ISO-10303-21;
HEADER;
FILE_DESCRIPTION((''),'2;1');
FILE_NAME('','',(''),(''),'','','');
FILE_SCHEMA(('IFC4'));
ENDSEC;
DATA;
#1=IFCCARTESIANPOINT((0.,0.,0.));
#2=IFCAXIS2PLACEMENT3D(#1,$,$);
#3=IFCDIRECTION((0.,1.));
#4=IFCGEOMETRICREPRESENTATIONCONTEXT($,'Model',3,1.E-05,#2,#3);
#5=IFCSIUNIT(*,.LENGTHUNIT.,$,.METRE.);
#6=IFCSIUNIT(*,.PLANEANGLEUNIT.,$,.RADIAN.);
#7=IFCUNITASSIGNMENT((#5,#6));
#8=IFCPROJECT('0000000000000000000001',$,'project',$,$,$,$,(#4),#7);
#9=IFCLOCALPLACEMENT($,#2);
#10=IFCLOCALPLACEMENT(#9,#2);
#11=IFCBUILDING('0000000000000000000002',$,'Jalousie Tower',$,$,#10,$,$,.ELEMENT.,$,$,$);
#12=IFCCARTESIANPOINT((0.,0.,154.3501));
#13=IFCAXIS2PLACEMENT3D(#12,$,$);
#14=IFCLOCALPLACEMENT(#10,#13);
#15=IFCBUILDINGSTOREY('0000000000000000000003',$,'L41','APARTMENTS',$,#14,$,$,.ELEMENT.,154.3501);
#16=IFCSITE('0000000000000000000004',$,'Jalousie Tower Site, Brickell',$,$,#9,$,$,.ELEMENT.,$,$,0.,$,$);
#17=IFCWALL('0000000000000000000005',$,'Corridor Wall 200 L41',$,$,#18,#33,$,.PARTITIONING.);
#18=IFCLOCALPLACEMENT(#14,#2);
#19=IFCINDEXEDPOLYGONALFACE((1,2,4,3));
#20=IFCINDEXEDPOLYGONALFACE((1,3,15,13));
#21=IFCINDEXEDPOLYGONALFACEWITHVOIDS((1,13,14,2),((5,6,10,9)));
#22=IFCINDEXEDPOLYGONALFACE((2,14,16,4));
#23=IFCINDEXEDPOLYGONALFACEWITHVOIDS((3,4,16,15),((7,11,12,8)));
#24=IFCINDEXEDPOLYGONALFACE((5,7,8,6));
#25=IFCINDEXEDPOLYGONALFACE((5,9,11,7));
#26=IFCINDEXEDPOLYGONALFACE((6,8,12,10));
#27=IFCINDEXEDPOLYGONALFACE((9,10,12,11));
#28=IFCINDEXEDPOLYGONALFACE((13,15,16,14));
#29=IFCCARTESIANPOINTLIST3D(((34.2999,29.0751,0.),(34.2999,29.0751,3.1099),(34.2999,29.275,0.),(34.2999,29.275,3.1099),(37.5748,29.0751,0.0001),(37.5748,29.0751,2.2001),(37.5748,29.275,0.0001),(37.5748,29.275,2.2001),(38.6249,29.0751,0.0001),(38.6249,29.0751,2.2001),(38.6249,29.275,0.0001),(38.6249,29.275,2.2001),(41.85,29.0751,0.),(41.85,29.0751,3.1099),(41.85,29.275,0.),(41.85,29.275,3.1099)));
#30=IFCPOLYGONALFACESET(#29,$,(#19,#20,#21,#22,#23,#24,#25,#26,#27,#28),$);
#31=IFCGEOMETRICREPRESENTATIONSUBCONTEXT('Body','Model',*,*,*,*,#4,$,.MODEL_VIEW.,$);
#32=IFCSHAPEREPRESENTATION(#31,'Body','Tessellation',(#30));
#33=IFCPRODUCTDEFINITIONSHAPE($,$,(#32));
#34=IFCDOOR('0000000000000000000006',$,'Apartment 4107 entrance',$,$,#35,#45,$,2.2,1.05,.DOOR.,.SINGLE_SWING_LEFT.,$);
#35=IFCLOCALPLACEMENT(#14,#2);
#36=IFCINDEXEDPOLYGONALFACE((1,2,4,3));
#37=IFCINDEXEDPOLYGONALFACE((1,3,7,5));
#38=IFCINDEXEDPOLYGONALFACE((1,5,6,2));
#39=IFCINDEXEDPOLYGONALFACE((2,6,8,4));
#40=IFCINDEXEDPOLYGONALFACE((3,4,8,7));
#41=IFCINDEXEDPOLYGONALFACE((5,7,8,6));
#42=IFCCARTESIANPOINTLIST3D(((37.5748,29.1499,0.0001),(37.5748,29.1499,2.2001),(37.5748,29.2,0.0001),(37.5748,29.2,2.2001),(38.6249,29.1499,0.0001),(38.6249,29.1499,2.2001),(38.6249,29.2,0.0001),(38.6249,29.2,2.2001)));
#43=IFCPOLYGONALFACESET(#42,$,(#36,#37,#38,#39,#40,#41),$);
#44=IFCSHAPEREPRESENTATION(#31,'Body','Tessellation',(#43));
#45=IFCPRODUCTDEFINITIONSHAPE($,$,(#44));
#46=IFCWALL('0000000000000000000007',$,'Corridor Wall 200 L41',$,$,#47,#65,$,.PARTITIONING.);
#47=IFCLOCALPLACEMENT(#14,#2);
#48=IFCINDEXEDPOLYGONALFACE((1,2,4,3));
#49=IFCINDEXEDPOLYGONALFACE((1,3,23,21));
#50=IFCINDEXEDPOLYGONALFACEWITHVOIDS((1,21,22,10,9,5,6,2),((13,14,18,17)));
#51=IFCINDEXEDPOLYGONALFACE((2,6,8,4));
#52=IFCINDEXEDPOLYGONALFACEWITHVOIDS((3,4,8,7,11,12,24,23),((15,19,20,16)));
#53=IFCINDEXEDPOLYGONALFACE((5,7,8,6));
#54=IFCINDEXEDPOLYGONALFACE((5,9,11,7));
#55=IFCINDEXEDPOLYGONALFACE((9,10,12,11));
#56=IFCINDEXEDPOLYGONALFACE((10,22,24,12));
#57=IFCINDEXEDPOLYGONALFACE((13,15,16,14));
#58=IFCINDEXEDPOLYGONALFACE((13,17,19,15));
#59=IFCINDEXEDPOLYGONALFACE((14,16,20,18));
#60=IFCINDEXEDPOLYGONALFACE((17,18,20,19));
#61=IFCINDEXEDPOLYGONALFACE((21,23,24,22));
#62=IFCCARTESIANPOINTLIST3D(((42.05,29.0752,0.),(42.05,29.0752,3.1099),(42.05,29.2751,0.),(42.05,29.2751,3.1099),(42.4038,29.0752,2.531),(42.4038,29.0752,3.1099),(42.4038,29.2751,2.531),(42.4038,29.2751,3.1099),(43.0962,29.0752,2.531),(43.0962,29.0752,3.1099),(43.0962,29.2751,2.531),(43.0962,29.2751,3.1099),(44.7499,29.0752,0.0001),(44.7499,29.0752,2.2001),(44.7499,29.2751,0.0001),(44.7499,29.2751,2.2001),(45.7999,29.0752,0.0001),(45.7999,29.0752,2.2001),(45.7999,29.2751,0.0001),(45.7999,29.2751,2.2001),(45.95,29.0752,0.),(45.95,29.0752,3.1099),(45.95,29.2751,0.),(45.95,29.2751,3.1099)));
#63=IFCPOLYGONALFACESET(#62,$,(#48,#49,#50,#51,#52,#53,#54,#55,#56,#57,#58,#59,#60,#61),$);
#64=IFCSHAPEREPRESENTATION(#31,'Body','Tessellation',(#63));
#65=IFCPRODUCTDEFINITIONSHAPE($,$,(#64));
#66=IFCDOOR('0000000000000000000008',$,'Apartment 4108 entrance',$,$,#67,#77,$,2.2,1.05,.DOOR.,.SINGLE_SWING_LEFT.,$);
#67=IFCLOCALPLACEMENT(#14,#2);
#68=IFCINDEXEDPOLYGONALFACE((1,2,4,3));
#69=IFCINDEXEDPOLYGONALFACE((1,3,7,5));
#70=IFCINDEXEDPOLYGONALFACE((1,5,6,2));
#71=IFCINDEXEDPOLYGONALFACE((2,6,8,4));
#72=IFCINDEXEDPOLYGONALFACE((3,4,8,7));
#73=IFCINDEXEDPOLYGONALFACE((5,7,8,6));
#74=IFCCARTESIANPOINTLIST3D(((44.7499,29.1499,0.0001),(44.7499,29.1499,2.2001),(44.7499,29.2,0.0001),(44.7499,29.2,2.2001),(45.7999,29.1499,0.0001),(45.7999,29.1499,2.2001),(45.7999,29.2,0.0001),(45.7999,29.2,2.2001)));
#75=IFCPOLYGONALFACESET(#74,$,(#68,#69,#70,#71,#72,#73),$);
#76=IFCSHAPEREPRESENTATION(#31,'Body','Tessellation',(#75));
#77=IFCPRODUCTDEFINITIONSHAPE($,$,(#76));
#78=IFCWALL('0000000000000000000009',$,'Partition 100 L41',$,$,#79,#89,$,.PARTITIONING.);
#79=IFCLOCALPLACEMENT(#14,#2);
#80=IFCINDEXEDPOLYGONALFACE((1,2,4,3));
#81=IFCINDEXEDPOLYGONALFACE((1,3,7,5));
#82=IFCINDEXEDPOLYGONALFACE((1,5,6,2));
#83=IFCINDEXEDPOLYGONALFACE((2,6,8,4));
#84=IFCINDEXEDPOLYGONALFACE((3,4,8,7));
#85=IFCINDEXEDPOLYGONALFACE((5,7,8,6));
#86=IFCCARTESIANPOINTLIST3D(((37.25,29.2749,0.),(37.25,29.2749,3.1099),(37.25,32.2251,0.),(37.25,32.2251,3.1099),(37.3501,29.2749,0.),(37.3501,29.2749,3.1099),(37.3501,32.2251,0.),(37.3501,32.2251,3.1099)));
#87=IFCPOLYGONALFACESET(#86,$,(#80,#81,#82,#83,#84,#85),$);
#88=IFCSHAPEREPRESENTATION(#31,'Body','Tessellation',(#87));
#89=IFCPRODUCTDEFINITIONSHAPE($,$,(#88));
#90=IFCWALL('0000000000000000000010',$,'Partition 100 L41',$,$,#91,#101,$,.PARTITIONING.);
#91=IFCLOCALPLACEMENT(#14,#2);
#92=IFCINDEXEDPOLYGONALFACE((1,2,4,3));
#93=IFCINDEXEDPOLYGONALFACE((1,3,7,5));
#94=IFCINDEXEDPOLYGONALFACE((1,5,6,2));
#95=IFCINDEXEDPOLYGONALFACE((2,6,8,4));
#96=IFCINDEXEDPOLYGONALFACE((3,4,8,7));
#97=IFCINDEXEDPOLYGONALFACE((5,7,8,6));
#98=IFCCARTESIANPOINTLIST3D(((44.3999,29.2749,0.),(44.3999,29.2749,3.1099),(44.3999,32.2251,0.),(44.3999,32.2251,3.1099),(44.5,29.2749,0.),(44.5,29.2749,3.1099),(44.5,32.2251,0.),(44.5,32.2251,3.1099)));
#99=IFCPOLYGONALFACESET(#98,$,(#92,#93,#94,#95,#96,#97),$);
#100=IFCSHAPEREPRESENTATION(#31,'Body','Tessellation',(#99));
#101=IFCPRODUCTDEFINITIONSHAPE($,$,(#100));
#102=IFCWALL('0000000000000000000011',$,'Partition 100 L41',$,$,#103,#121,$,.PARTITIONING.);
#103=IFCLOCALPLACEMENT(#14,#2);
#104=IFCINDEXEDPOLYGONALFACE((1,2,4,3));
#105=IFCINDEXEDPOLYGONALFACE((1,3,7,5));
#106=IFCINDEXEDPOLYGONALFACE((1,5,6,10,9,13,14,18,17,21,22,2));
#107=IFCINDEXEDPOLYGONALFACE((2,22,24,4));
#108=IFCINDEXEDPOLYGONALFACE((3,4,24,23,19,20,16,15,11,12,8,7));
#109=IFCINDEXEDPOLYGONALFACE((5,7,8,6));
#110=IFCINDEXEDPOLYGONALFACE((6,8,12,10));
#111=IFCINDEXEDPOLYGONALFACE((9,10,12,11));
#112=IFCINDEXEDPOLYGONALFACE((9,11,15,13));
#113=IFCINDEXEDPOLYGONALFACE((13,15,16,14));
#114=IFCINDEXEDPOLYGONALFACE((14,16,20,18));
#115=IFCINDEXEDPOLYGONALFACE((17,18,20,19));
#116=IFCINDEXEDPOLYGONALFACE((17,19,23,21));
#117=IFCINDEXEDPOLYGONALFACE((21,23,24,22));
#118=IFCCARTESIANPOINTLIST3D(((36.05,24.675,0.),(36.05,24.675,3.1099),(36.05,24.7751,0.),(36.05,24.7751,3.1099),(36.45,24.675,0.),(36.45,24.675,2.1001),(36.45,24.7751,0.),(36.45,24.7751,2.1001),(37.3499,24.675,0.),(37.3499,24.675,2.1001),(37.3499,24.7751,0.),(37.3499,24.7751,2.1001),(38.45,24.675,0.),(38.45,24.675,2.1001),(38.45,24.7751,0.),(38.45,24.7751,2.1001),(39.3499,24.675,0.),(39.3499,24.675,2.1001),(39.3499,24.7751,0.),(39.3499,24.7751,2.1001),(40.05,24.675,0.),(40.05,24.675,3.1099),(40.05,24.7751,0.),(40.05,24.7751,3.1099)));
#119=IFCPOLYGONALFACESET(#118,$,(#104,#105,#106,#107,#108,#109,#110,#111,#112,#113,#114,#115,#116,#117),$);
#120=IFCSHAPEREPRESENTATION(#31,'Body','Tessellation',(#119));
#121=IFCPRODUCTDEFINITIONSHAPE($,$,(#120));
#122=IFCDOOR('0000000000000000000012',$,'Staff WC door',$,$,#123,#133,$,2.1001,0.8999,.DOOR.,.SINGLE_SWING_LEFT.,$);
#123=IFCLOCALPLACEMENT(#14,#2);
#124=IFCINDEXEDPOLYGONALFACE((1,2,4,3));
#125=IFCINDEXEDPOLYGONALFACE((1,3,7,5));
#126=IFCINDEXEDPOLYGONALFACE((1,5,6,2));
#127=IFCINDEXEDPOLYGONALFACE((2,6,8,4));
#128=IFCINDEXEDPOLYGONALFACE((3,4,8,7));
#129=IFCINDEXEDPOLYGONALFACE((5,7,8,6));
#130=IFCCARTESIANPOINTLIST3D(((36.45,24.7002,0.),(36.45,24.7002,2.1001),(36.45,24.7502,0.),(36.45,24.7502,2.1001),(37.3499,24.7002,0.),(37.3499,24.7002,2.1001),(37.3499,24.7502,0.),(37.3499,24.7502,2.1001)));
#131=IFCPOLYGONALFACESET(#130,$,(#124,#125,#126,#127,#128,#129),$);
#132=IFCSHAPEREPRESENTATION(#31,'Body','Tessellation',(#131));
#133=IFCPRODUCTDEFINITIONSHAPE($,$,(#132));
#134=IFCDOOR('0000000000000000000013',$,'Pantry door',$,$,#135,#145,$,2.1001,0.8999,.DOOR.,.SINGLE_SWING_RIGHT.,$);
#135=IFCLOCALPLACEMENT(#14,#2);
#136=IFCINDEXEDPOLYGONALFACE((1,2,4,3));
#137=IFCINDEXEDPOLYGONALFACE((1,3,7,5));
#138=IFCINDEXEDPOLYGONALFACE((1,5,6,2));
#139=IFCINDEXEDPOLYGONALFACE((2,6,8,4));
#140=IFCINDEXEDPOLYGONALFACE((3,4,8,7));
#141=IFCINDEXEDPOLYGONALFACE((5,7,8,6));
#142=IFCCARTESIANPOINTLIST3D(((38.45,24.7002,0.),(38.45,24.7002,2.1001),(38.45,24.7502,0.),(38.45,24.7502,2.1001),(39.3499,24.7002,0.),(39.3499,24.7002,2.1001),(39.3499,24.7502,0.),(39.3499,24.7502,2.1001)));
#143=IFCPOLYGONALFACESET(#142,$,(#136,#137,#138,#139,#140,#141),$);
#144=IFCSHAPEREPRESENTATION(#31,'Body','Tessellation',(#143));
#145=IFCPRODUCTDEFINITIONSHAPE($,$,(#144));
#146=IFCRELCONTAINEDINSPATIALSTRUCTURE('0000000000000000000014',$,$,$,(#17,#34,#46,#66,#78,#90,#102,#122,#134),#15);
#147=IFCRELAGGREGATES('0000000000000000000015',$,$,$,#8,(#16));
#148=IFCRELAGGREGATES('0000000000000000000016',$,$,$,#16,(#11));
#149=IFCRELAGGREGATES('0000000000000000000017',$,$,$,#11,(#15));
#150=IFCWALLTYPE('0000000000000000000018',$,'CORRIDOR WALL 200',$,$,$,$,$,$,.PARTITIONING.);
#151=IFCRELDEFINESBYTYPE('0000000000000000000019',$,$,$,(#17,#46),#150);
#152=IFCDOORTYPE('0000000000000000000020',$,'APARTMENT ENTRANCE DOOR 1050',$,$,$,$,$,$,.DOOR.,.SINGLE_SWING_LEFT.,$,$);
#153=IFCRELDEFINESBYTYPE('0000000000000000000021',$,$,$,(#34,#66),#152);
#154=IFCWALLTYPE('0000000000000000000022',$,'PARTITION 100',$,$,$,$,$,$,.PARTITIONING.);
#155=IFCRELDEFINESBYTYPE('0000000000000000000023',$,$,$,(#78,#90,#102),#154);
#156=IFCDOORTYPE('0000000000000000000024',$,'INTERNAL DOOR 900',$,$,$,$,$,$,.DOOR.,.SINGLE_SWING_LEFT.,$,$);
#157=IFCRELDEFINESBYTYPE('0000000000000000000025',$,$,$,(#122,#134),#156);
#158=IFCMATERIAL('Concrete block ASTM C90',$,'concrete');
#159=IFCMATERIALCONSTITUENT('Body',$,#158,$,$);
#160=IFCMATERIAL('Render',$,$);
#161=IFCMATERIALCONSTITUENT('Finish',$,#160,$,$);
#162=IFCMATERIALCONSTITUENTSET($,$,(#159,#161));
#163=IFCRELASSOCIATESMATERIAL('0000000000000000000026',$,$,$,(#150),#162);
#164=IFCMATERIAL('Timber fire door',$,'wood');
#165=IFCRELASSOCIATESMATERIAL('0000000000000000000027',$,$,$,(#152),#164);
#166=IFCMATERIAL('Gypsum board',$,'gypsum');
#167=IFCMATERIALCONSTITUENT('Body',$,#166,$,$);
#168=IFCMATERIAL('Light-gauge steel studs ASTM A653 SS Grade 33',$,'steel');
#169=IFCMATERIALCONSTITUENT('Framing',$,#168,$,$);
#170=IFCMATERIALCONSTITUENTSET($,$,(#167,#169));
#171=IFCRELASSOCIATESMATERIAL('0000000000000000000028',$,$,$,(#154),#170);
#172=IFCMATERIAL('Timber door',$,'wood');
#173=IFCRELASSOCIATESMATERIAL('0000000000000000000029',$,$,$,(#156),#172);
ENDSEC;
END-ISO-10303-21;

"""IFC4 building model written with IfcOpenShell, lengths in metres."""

from ifc_helpers import new_model, si_unit, direction, frame, frame_2d, origin, place, context, subcontext, project, spatial, polyline, rectangle, outline, extrude, material, constituent, constituent_set, type_object, element, fill, save


model = new_model("IFC4")

# Units and contexts
model_context = context("Model", 3, precision=1e-05, world=origin(), true_north=direction((0.0, 1.0)))
body_context = subcontext(model_context, "Body", "Model", "MODEL_VIEW")
ifc_project = project(units=[si_unit("LENGTHUNIT", "METRE"), si_unit("PLANEANGLEUNIT", "RADIAN")], contexts=[model_context])

# Site, building, storey
site_placement = place(None, origin())
site = spatial("IfcSite", under=ifc_project, at=site_placement, Name="Jalousie Tower Site, Brickell", CompositionType="ELEMENT", RefElevation=0.0)
building_placement = place(site_placement, origin())
building = spatial("IfcBuilding", under=site, at=building_placement, Name="Jalousie Tower", CompositionType="ELEMENT")
storey_placement = place(building_placement, frame((0.0, 0.0, 154.3501)))
storey = spatial("IfcBuildingStorey", under=building, at=storey_placement, Name="L41", Description="APARTMENTS", CompositionType="ELEMENT", Elevation=154.3501)

# Walls, openings, doors
ifc_material_1 = material(Name="Concrete block ASTM C90", Category="concrete")
ifc_constituent_1 = constituent(ifc_material_1, Name="Body")
ifc_material_2 = material(Name="Render")
ifc_constituent_2 = constituent(ifc_material_2, Name="Finish")
ifc_constituent_set_1 = constituent_set(constituents=[ifc_constituent_1, ifc_constituent_2])
wall_type_1 = type_object("IfcWallType", Name="CORRIDOR WALL 200", PredefinedType="PARTITIONING", material=ifc_constituent_set_1)
wall_1_placement = place(storey_placement, frame((34.3, 29.175, 0.0), z_axis=(0.0, 0.0, 1.0), x_axis=(1.0, 0.0, 0.0)))
wall_1 = element("IfcWall", 1, at=wall_1_placement, inside=storey, type_object=wall_type_1, Name="Corridor Wall 200 L41", PredefinedType="PARTITIONING", context=body_context, shape_type="SweptSolid", body=[
    extrude(rectangle(XDim=7.55, YDim=0.2, at=frame_2d((3.7749, 0.0))), origin(), (0.0, 0.0, 1.0), 3.1099),
])
opening_1_placement = place(wall_1_placement, frame((3.2749, 0.0, 0.0)))
opening_1 = element("IfcOpeningElement", 2, at=opening_1_placement, cuts=wall_1, PredefinedType="OPENING", context=body_context, shape_type="SweptSolid", body=[
    extrude(rectangle(XDim=1.05, YDim=2.2, at=frame_2d((0.5249, 1.1001))), frame((0.0, 0.1099, 0.0), z_axis=(0.0, -1.0, 0.0), x_axis=(1.0, 0.0, 0.0)), (0.0, 0.0, 1.0), 0.22),
])
ifc_material_3 = material(Name="Timber fire door", Category="wood")
door_type_1 = type_object("IfcDoorType", Name="APARTMENT ENTRANCE DOOR 1050", OperationType="SINGLE_SWING_LEFT", PredefinedType="DOOR", material=ifc_material_3)
door_1_placement = place(opening_1_placement, origin())
door_1 = element("IfcDoor", 3, at=door_1_placement, inside=storey, type_object=door_type_1, Name="Apartment 4107 entrance", OperationType="SINGLE_SWING_LEFT", OverallHeight=2.2, OverallWidth=1.05, PredefinedType="DOOR", context=body_context, shape_type="SweptSolid", body=[
    extrude(rectangle(XDim=1.05, YDim=2.2, at=frame_2d((0.5249, 1.1001))), frame((0.0, 0.0249, 0.0), z_axis=(0.0, -1.0, 0.0), x_axis=(1.0, 0.0, 0.0)), (0.0, 0.0, 1.0), 0.05),
])
fill(opening_1, door_1)
wall_2_placement = place(storey_placement, frame((42.05, 29.175, 0.0), z_axis=(0.0, 0.0, 1.0), x_axis=(1.0, 0.0, 0.0)))
wall_2 = element("IfcWall", 4, at=wall_2_placement, inside=storey, type_object=wall_type_1, Name="Corridor Wall 200 L41", PredefinedType="PARTITIONING", context=body_context, shape_type="SweptSolid", body=[
    extrude(outline(polyline([(0.0, 0.0), (3.8999, 0.0), (3.8999, 3.1099), (1.0461, 3.1099), (1.0461, 2.531), (0.3538, 2.531), (0.3538, 3.1099), (0.0, 3.1099), (0.0, 0.0)])), frame((0.0, 0.1001, 0.0), z_axis=(0.0, -1.0, 0.0), x_axis=(1.0, 0.0, 0.0)), (0.0, 0.0, 1.0), 0.2),
])
opening_2_placement = place(wall_2_placement, frame((2.7, 0.0, 0.0)))
opening_2 = element("IfcOpeningElement", 5, at=opening_2_placement, cuts=wall_2, PredefinedType="OPENING", context=body_context, shape_type="SweptSolid", body=[
    extrude(rectangle(XDim=1.05, YDim=2.2, at=frame_2d((0.5249, 1.1001))), frame((0.0, 0.1099, 0.0), z_axis=(0.0, -1.0, 0.0), x_axis=(1.0, 0.0, 0.0)), (0.0, 0.0, 1.0), 0.22),
])
door_2_placement = place(opening_2_placement, origin())
door_2 = element("IfcDoor", 6, at=door_2_placement, inside=storey, type_object=door_type_1, Name="Apartment 4108 entrance", OperationType="SINGLE_SWING_LEFT", OverallHeight=2.2, OverallWidth=1.05, PredefinedType="DOOR", context=body_context, shape_type="SweptSolid", body=[
    extrude(rectangle(XDim=1.05, YDim=2.2, at=frame_2d((0.5249, 1.1001))), frame((0.0, 0.0249, 0.0), z_axis=(0.0, -1.0, 0.0), x_axis=(1.0, 0.0, 0.0)), (0.0, 0.0, 1.0), 0.05),
])
fill(opening_2, door_2)

# Walls
ifc_material_4 = material(Name="Gypsum board", Category="gypsum")
ifc_constituent_3 = constituent(ifc_material_4, Name="Body")
ifc_material_5 = material(Name="Light-gauge steel studs ASTM A653 SS Grade 33", Category="steel")
ifc_constituent_4 = constituent(ifc_material_5, Name="Framing")
ifc_constituent_set_2 = constituent_set(constituents=[ifc_constituent_3, ifc_constituent_4])
wall_type_2 = type_object("IfcWallType", Name="PARTITION 100", PredefinedType="PARTITIONING", material=ifc_constituent_set_2)
for number, where, z_axis, x_axis, name in (
    (7, (37.3, 32.2251, 0.0), (0.0, 0.0, 1.0), (0.0, -1.0, 0.0), "Partition 100 L41"),
    (8, (44.45, 32.2251, 0.0), (0.0, 0.0, 1.0), (0.0, -1.0, 0.0), "Partition 100 L41"),
):
    element("IfcWall", number, at=place(storey_placement, frame(where, z_axis=z_axis, x_axis=x_axis)), inside=storey, type_object=wall_type_2, Name=name, PredefinedType="PARTITIONING", context=body_context, shape_type="SweptSolid", body=[
        extrude(rectangle(XDim=2.9502, YDim=0.1001, at=frame_2d((1.4751, 0.0))), origin(), (0.0, 0.0, 1.0), 3.1099),
    ])

# Wall, openings, doors
wall_3_placement = place(storey_placement, frame((36.05, 24.7251, 0.0), z_axis=(0.0, 0.0, 1.0), x_axis=(1.0, 0.0, 0.0)))
wall_3 = element("IfcWall", 9, at=wall_3_placement, inside=storey, type_object=wall_type_2, Name="Partition 100 L41", PredefinedType="PARTITIONING", context=body_context, shape_type="SweptSolid", body=[
    extrude(rectangle(XDim=4.0, YDim=0.1001, at=frame_2d((2.0, 0.0))), origin(), (0.0, 0.0, 1.0), 3.1099),
])
opening_3_placement = place(wall_3_placement, frame((0.3999, 0.0, 0.0)))
opening_3 = element("IfcOpeningElement", 10, at=opening_3_placement, cuts=wall_3, PredefinedType="OPENING", context=body_context, shape_type="SweptSolid", body=[
    extrude(rectangle(XDim=0.8999, YDim=2.1001, at=frame_2d((0.45, 1.05))), frame((0.0, 0.0601, 0.0), z_axis=(0.0, -1.0, 0.0), x_axis=(1.0, 0.0, 0.0)), (0.0, 0.0, 1.0), 0.1201),
])
opening_4_placement = place(wall_3_placement, frame((2.3999, 0.0, 0.0)))
opening_4 = element("IfcOpeningElement", 11, at=opening_4_placement, cuts=wall_3, PredefinedType="OPENING", context=body_context, shape_type="SweptSolid", body=[
    extrude(rectangle(XDim=0.8999, YDim=2.1001, at=frame_2d((0.45, 1.05))), frame((0.0, 0.0601, 0.0), z_axis=(0.0, -1.0, 0.0), x_axis=(1.0, 0.0, 0.0)), (0.0, 0.0, 1.0), 0.1201),
])
ifc_material_6 = material(Name="Timber door", Category="wood")
door_type_2 = type_object("IfcDoorType", Name="INTERNAL DOOR 900", OperationType="SINGLE_SWING_LEFT", PredefinedType="DOOR", material=ifc_material_6)
door_3_placement = place(opening_3_placement, frame((0.8999, 0.0, 0.0), z_axis=(0.0, 0.0, 1.0), x_axis=(-1.0, 0.0, 0.0)))
door_3 = element("IfcDoor", 12, at=door_3_placement, inside=storey, type_object=door_type_2, Name="Staff WC door", OperationType="SINGLE_SWING_LEFT", OverallHeight=2.1001, OverallWidth=0.8999, PredefinedType="DOOR", context=body_context, shape_type="SweptSolid", body=[
    extrude(rectangle(XDim=0.8999, YDim=2.1001, at=frame_2d((0.45, 1.05))), frame((0.0, 0.0249, 0.0), z_axis=(0.0, -1.0, 0.0), x_axis=(1.0, 0.0, 0.0)), (0.0, 0.0, 1.0), 0.05),
])
fill(opening_3, door_3)
door_4_placement = place(opening_4_placement, frame((0.8999, 0.0, 0.0), z_axis=(0.0, 0.0, 1.0), x_axis=(-1.0, 0.0, 0.0)))
door_4 = element("IfcDoor", 13, at=door_4_placement, inside=storey, type_object=door_type_2, Name="Pantry door", OperationType="SINGLE_SWING_RIGHT", OverallHeight=2.1001, OverallWidth=0.8999, PredefinedType="DOOR", context=body_context, shape_type="SweptSolid", body=[
    extrude(rectangle(XDim=0.8999, YDim=2.1001, at=frame_2d((0.45, 1.05))), frame((0.0, 0.0249, 0.0), z_axis=(0.0, -1.0, 0.0), x_axis=(1.0, 0.0, 0.0)), (0.0, 0.0, 1.0), 0.05),
])
fill(opening_4, door_4)

save(model, "model.ifc")
